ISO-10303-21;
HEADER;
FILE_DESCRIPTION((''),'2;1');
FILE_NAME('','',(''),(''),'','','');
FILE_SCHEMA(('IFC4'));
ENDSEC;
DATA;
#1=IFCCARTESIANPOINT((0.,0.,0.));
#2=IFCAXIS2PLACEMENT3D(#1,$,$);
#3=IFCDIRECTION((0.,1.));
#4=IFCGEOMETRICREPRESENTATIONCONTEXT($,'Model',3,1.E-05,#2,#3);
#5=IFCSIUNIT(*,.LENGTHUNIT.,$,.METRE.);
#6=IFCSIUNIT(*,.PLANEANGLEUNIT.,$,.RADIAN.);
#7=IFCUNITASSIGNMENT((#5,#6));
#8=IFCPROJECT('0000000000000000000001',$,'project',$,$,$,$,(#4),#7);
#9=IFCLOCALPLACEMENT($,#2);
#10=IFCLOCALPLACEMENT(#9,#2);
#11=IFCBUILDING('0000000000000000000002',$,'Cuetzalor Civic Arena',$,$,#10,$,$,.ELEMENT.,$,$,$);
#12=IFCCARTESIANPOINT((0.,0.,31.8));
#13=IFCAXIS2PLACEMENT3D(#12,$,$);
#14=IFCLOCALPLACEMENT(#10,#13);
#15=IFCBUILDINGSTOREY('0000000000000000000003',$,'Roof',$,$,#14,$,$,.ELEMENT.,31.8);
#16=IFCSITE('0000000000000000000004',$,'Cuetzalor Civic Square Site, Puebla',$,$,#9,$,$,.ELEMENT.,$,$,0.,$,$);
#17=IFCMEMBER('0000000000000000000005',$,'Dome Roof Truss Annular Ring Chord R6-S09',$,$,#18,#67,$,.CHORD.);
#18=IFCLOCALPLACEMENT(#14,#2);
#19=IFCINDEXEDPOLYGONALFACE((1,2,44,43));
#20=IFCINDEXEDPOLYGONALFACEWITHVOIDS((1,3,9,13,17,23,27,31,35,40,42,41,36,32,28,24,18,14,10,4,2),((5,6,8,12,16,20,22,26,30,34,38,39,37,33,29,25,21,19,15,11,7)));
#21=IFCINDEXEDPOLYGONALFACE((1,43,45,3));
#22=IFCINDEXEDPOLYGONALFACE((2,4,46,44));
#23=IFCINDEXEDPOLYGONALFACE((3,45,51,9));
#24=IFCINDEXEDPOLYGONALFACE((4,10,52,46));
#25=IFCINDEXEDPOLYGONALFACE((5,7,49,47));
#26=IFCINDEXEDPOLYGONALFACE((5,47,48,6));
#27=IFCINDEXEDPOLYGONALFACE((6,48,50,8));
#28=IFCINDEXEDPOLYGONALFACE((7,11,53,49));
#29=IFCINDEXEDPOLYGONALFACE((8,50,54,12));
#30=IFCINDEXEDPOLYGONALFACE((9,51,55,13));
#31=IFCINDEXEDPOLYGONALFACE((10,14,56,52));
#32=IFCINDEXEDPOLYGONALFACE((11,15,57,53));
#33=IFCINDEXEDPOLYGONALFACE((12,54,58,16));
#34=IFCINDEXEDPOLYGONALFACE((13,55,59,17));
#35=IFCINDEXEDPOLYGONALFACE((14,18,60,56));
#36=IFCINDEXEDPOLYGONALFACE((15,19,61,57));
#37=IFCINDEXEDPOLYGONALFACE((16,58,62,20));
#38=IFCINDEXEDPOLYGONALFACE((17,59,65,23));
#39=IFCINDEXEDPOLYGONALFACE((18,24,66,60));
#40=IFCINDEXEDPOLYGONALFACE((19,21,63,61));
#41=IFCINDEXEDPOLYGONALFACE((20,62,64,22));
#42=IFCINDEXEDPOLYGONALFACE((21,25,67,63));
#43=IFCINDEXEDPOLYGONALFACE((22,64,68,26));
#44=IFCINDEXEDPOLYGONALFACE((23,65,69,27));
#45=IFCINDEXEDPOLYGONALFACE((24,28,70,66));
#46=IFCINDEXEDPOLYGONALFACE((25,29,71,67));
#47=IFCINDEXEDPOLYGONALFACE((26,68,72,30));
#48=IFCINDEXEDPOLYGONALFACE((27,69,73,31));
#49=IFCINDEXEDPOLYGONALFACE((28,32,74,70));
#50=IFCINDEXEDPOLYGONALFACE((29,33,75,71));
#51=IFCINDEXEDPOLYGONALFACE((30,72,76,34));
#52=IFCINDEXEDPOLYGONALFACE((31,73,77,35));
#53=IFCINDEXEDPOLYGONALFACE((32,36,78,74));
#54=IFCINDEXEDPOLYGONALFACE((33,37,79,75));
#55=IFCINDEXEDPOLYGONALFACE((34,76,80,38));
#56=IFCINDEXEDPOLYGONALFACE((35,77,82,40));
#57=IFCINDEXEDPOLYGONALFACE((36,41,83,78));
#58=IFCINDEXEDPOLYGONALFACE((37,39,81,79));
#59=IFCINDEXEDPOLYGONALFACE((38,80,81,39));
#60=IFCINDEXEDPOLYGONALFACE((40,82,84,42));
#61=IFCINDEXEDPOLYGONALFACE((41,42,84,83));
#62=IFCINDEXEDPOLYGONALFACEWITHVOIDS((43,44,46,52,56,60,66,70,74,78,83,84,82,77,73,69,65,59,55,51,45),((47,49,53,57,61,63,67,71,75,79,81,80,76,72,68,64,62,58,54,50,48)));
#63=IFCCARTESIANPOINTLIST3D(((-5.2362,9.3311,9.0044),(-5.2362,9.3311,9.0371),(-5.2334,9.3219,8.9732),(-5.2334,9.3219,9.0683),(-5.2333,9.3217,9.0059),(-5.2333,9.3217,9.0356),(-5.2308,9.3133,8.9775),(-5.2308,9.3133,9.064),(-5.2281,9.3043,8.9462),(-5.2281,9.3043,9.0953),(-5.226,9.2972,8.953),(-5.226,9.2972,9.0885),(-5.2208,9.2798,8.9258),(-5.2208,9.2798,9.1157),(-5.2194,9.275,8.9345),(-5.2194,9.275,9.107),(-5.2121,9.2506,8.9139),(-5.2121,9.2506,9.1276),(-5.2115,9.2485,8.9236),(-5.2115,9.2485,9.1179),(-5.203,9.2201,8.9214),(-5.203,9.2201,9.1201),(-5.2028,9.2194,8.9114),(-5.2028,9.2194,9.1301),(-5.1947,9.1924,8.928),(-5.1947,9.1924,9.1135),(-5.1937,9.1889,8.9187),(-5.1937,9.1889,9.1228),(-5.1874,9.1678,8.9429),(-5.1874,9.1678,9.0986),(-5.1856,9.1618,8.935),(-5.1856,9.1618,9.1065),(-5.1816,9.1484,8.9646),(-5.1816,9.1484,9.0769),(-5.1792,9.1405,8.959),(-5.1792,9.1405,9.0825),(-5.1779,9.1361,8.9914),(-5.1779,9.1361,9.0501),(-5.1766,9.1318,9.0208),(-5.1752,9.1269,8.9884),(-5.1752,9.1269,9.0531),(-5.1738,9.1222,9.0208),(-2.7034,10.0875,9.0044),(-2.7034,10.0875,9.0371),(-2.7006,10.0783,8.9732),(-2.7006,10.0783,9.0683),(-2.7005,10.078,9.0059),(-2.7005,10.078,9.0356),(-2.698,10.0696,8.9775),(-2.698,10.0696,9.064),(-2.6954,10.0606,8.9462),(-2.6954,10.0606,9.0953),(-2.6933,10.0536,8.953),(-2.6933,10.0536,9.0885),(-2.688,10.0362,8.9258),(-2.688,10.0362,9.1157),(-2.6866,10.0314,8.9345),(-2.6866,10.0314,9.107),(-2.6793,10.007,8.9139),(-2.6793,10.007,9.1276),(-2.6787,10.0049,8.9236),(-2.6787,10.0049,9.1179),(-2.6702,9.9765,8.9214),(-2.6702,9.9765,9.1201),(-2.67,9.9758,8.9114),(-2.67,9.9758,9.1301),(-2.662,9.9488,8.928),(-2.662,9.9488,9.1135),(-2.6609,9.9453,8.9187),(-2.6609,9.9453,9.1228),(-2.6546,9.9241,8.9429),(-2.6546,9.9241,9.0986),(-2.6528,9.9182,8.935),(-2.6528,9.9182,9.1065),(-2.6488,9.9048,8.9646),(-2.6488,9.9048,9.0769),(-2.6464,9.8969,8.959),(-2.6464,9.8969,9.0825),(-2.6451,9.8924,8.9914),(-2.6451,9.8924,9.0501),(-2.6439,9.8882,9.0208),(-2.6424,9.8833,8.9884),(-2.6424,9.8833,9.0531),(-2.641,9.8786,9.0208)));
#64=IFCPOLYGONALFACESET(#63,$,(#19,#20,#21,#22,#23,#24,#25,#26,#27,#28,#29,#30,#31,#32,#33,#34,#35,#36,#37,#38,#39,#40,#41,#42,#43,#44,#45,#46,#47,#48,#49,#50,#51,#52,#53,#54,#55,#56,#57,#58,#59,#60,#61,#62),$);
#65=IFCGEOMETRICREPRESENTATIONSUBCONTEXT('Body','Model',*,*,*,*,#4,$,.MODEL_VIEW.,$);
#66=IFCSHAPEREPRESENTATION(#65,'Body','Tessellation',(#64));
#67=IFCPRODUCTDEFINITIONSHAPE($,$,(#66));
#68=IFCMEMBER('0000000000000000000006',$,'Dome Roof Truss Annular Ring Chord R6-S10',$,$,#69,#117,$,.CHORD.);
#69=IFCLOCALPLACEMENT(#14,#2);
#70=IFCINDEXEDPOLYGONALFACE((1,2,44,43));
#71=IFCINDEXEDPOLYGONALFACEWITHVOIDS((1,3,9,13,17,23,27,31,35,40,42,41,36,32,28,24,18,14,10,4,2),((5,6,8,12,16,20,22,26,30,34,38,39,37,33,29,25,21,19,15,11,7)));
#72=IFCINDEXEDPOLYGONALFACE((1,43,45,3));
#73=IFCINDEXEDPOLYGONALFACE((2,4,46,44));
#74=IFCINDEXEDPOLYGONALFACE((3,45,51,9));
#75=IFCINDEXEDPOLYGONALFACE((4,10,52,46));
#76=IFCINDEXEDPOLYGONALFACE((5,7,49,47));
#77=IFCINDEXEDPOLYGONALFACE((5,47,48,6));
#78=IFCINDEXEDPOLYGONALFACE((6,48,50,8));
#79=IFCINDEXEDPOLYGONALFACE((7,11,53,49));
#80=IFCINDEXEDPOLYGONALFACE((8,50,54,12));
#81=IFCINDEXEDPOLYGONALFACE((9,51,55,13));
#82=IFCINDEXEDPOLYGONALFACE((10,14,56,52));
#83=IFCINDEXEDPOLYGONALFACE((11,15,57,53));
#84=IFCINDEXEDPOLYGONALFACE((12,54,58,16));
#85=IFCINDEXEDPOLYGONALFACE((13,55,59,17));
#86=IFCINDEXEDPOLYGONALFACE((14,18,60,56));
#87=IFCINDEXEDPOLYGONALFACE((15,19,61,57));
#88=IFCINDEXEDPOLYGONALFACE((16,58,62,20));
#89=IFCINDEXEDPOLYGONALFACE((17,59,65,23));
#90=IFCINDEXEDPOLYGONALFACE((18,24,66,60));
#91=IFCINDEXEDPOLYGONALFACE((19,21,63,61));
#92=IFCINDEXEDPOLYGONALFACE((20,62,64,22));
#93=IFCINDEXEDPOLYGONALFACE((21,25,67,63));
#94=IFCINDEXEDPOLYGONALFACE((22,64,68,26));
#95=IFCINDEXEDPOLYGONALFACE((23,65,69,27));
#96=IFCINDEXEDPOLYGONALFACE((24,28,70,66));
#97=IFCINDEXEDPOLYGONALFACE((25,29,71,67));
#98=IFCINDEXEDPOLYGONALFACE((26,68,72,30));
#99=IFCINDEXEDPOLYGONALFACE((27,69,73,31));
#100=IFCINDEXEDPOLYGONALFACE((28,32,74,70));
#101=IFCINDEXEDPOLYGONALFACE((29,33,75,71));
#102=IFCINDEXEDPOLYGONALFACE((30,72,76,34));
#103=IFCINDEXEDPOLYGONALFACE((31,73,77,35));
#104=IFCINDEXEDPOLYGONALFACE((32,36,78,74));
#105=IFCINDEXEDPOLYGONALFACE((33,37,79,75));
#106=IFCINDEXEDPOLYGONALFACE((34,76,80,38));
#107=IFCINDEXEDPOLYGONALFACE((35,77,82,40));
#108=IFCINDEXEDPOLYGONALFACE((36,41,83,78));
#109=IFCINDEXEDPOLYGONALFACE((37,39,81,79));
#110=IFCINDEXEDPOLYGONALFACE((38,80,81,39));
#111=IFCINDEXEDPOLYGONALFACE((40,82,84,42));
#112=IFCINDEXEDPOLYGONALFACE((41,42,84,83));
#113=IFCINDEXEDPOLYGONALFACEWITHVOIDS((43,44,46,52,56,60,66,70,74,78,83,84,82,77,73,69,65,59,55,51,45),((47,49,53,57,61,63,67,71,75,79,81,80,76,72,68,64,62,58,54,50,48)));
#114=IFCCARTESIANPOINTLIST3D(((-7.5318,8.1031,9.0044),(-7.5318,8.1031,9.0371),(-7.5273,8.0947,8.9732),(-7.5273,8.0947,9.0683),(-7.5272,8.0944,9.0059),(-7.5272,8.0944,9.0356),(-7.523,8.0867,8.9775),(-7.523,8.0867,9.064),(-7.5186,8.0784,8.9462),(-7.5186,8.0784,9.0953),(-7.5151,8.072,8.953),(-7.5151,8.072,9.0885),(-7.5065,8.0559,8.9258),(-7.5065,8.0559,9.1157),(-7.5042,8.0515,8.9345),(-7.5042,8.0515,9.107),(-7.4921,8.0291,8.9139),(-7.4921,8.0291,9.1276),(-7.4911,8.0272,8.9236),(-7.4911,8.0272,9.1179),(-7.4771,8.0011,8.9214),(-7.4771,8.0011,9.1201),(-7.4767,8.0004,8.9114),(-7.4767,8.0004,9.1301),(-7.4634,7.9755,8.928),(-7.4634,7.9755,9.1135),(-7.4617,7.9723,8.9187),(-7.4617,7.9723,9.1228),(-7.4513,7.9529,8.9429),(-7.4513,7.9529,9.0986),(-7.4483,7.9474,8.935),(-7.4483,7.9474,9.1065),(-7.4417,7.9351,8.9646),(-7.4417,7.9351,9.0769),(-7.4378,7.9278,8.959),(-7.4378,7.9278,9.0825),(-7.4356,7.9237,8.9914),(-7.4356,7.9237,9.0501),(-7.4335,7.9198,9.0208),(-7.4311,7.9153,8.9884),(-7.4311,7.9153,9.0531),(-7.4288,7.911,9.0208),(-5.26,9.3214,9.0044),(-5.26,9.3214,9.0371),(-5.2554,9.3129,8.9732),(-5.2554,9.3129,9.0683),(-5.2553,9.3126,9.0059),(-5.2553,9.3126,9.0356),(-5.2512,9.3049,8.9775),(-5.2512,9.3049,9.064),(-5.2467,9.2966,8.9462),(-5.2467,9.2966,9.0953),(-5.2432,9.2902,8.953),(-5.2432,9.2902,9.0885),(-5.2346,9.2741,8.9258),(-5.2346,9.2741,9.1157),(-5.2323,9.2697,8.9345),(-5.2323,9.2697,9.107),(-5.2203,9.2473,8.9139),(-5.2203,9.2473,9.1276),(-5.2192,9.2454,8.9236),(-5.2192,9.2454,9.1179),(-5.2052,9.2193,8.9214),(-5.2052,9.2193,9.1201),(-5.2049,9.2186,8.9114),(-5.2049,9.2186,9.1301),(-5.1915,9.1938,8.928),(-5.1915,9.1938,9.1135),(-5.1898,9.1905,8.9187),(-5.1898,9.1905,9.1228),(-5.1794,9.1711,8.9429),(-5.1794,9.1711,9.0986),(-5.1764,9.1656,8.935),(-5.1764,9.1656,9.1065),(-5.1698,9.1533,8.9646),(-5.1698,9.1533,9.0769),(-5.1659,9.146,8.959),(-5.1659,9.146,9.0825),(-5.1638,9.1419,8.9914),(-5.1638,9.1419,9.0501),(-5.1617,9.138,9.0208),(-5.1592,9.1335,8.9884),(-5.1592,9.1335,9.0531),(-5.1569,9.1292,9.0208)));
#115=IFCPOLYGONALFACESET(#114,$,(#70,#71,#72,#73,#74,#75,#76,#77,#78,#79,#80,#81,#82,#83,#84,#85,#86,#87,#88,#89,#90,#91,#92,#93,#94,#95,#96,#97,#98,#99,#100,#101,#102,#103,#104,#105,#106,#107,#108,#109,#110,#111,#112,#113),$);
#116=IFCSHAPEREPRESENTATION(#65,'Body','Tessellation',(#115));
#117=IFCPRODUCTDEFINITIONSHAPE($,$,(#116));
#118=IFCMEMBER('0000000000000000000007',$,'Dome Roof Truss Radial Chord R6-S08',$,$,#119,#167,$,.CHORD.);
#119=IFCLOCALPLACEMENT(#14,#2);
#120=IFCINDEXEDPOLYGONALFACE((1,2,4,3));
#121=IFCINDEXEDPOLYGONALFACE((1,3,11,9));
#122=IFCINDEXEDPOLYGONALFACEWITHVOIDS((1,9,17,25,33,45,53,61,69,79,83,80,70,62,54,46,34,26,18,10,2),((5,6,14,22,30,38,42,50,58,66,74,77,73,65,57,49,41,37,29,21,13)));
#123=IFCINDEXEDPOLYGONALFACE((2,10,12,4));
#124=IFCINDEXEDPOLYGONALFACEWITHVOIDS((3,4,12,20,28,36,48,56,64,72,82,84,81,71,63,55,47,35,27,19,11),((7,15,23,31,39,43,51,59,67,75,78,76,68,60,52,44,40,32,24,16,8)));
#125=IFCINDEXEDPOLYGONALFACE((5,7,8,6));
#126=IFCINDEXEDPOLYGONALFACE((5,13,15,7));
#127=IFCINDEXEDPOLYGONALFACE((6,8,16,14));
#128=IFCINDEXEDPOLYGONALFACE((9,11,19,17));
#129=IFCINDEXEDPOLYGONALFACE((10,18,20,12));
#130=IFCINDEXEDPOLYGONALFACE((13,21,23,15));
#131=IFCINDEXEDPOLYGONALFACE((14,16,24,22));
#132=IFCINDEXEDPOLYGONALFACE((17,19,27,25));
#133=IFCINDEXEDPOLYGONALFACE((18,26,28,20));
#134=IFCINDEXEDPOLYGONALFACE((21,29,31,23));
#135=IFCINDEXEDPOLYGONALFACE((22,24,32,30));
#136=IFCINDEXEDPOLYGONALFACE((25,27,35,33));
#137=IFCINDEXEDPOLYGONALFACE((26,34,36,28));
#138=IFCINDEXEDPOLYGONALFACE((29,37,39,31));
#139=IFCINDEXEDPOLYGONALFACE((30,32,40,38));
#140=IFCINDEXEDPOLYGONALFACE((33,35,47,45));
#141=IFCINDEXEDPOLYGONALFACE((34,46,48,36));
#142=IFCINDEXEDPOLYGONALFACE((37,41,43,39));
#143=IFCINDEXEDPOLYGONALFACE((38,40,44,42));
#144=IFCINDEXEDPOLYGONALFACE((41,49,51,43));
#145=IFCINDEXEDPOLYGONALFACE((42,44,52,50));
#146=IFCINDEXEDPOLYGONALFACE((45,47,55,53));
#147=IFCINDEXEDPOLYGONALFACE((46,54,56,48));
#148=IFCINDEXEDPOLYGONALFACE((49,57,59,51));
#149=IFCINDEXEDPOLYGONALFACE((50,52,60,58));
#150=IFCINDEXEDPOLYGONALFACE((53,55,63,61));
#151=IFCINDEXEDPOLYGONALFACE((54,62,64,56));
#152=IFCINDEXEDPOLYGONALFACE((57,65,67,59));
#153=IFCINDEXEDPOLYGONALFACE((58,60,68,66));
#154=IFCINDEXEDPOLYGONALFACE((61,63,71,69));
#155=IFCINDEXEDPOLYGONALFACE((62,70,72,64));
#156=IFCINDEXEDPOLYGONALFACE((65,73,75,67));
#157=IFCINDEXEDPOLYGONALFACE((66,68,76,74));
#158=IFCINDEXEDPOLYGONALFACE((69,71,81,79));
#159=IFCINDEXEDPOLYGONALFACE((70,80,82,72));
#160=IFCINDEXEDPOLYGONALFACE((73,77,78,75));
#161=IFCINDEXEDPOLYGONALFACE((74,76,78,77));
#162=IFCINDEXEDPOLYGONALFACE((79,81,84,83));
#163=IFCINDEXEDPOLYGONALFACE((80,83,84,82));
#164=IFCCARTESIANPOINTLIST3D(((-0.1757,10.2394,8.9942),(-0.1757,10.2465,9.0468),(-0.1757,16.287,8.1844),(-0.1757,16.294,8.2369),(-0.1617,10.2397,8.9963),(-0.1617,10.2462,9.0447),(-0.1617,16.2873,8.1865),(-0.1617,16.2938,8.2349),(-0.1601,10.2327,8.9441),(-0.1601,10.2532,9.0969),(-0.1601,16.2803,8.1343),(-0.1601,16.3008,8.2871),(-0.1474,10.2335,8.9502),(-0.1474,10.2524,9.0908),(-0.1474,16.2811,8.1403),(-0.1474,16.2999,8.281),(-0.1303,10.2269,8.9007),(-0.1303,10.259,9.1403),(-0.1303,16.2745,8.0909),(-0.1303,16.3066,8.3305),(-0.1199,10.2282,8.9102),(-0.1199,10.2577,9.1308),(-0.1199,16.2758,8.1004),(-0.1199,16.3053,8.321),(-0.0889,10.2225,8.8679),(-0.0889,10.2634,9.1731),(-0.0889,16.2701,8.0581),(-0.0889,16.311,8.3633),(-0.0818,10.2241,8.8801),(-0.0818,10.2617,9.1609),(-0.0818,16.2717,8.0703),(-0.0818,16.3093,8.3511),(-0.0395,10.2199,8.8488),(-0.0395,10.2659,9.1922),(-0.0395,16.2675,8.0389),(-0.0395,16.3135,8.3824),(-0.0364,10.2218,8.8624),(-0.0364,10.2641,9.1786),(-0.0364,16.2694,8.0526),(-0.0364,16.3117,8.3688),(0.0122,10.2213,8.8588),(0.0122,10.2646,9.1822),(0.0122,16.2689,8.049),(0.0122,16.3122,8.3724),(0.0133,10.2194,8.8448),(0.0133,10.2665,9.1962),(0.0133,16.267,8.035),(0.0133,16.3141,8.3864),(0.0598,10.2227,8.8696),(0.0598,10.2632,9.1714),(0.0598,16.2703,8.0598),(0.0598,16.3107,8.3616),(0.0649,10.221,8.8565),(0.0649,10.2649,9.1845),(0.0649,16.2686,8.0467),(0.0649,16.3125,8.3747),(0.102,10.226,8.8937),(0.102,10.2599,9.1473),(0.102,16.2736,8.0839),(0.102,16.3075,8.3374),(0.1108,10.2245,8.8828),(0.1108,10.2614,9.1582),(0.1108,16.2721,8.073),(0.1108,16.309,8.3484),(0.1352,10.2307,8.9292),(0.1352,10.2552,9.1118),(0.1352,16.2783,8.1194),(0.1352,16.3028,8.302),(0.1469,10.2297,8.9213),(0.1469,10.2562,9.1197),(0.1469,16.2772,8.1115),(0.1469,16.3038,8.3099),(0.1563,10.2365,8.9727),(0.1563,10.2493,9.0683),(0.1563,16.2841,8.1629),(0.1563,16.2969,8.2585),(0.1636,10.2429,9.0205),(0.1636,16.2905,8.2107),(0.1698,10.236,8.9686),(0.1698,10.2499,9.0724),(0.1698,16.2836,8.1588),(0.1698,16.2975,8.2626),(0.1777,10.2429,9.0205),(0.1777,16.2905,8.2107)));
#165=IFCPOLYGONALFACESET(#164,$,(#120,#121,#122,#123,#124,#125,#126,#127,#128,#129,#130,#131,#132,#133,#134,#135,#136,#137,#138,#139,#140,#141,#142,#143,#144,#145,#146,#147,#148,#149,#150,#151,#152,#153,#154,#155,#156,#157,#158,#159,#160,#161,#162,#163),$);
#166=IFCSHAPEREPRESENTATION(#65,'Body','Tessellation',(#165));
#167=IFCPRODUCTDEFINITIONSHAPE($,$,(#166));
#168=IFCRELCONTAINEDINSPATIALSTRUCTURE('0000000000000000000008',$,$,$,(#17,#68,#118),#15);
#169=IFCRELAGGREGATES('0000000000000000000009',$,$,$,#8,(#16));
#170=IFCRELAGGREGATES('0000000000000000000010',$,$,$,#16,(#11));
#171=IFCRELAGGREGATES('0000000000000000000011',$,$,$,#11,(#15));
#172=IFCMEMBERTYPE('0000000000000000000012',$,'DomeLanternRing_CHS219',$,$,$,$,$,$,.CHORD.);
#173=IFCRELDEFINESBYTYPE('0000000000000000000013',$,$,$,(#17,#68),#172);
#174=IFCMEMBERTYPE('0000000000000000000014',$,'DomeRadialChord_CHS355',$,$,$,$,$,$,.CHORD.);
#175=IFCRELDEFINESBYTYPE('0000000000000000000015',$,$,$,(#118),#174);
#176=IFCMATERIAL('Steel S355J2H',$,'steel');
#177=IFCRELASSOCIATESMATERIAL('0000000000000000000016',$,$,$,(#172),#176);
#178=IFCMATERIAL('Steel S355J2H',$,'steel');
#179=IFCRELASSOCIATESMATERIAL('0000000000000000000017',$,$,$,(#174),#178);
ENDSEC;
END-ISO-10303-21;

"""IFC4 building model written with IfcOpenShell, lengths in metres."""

from ifc_helpers import new_model, si_unit, direction, frame, origin, origin_2d, place, context, subcontext, project, spatial, hollow_circle, extrude, material, material_profile, profile_set, type_object, element, save


model = new_model("IFC4")

# Units and contexts
model_context = context("Model", 3, precision=1e-05, world=origin(), true_north=direction((0.0, 1.0)))
body_context = subcontext(model_context, "Body", "Model", "MODEL_VIEW")
ifc_project = project(units=[si_unit("LENGTHUNIT", "METRE"), si_unit("PLANEANGLEUNIT", "RADIAN")], contexts=[model_context])

# Site, building, storey
site_placement = place(None, origin())
site = spatial("IfcSite", under=ifc_project, at=site_placement, Name="Cuetzalor Civic Square Site, Puebla", CompositionType="ELEMENT", RefElevation=0.0)
building_placement = place(site_placement, origin())
building = spatial("IfcBuilding", under=site, at=building_placement, Name="Cuetzalor Civic Arena", CompositionType="ELEMENT")
storey_placement = place(building_placement, frame((0.0, 0.0, 31.8)))
storey = spatial("IfcBuildingStorey", under=building, at=storey_placement, Name="Roof", CompositionType="ELEMENT", Elevation=31.8)

# Members
ifc_material_1 = material(Name="Steel S355J2H", Category="steel")
ifc_material_profile_1 = material_profile(ifc_material_1, hollow_circle(Radius=0.1096, WallThickness=0.01, at=origin_2d()), Name="CHS 219.1x10")
ifc_profile_set_1 = profile_set([ifc_material_profile_1], Name="Steel S355J2H")
member_type_1 = type_object("IfcMemberType", Name="DomeLanternRing_CHS219", PredefinedType="CHORD", material=ifc_profile_set_1)
member_1_placement = place(storey_placement, frame((-2.6724, 9.9836, 9.0208), z_axis=(-0.958187, -0.286144, 0.0), x_axis=(0.286144, -0.958187, 0.0)))
element("IfcMember", 1, at=member_1_placement, inside=storey, type_object=member_type_1, Name="Dome Roof Truss Annular Ring Chord R6-S09", PredefinedType="CHORD", context=body_context, shape_type="SweptSolid", body=[
    extrude(hollow_circle(Radius=0.1096, WallThickness=0.01, at=origin_2d()), origin(), (0.0, 0.0, 1.0), 2.6433),
])
member_2_placement = place(storey_placement, frame((-5.2087, 9.2258, 9.0208), z_axis=(-0.881297, -0.472563, 0.0), x_axis=(0.472563, -0.881297, 0.0)))
element("IfcMember", 2, at=member_2_placement, inside=storey, type_object=member_type_1, Name="Dome Roof Truss Annular Ring Chord R6-S10", PredefinedType="CHORD", context=body_context, shape_type="SweptSolid", body=[
    extrude(hollow_circle(Radius=0.1096, WallThickness=0.01, at=origin_2d()), origin(), (0.0, 0.0, 1.0), 2.5779),
])
ifc_material_2 = material(Name="Steel S355J2H", Category="steel")
ifc_material_profile_2 = material_profile(ifc_material_2, hollow_circle(Radius=0.1777, WallThickness=0.0142, at=origin_2d()), Name="CHS 355.6x14.2")
ifc_profile_set_2 = profile_set([ifc_material_profile_2], Name="Steel S355J2H")
member_type_2 = type_object("IfcMemberType", Name="DomeRadialChord_CHS355", PredefinedType="CHORD", material=ifc_profile_set_2)
member_3_placement = place(storey_placement, frame((0.0, 16.2905, 8.2107), z_axis=(0.0, -0.991153, 0.132722), x_axis=(1.0, 0.0, 0.0)))
element("IfcMember", 3, at=member_3_placement, inside=storey, type_object=member_type_2, Name="Dome Roof Truss Radial Chord R6-S08", PredefinedType="CHORD", context=body_context, shape_type="SweptSolid", body=[
    extrude(hollow_circle(Radius=0.1777, WallThickness=0.0142, at=origin_2d()), origin(), (0.0, 0.0, 1.0), 6.1016),
])

save(model, "model.ifc")
